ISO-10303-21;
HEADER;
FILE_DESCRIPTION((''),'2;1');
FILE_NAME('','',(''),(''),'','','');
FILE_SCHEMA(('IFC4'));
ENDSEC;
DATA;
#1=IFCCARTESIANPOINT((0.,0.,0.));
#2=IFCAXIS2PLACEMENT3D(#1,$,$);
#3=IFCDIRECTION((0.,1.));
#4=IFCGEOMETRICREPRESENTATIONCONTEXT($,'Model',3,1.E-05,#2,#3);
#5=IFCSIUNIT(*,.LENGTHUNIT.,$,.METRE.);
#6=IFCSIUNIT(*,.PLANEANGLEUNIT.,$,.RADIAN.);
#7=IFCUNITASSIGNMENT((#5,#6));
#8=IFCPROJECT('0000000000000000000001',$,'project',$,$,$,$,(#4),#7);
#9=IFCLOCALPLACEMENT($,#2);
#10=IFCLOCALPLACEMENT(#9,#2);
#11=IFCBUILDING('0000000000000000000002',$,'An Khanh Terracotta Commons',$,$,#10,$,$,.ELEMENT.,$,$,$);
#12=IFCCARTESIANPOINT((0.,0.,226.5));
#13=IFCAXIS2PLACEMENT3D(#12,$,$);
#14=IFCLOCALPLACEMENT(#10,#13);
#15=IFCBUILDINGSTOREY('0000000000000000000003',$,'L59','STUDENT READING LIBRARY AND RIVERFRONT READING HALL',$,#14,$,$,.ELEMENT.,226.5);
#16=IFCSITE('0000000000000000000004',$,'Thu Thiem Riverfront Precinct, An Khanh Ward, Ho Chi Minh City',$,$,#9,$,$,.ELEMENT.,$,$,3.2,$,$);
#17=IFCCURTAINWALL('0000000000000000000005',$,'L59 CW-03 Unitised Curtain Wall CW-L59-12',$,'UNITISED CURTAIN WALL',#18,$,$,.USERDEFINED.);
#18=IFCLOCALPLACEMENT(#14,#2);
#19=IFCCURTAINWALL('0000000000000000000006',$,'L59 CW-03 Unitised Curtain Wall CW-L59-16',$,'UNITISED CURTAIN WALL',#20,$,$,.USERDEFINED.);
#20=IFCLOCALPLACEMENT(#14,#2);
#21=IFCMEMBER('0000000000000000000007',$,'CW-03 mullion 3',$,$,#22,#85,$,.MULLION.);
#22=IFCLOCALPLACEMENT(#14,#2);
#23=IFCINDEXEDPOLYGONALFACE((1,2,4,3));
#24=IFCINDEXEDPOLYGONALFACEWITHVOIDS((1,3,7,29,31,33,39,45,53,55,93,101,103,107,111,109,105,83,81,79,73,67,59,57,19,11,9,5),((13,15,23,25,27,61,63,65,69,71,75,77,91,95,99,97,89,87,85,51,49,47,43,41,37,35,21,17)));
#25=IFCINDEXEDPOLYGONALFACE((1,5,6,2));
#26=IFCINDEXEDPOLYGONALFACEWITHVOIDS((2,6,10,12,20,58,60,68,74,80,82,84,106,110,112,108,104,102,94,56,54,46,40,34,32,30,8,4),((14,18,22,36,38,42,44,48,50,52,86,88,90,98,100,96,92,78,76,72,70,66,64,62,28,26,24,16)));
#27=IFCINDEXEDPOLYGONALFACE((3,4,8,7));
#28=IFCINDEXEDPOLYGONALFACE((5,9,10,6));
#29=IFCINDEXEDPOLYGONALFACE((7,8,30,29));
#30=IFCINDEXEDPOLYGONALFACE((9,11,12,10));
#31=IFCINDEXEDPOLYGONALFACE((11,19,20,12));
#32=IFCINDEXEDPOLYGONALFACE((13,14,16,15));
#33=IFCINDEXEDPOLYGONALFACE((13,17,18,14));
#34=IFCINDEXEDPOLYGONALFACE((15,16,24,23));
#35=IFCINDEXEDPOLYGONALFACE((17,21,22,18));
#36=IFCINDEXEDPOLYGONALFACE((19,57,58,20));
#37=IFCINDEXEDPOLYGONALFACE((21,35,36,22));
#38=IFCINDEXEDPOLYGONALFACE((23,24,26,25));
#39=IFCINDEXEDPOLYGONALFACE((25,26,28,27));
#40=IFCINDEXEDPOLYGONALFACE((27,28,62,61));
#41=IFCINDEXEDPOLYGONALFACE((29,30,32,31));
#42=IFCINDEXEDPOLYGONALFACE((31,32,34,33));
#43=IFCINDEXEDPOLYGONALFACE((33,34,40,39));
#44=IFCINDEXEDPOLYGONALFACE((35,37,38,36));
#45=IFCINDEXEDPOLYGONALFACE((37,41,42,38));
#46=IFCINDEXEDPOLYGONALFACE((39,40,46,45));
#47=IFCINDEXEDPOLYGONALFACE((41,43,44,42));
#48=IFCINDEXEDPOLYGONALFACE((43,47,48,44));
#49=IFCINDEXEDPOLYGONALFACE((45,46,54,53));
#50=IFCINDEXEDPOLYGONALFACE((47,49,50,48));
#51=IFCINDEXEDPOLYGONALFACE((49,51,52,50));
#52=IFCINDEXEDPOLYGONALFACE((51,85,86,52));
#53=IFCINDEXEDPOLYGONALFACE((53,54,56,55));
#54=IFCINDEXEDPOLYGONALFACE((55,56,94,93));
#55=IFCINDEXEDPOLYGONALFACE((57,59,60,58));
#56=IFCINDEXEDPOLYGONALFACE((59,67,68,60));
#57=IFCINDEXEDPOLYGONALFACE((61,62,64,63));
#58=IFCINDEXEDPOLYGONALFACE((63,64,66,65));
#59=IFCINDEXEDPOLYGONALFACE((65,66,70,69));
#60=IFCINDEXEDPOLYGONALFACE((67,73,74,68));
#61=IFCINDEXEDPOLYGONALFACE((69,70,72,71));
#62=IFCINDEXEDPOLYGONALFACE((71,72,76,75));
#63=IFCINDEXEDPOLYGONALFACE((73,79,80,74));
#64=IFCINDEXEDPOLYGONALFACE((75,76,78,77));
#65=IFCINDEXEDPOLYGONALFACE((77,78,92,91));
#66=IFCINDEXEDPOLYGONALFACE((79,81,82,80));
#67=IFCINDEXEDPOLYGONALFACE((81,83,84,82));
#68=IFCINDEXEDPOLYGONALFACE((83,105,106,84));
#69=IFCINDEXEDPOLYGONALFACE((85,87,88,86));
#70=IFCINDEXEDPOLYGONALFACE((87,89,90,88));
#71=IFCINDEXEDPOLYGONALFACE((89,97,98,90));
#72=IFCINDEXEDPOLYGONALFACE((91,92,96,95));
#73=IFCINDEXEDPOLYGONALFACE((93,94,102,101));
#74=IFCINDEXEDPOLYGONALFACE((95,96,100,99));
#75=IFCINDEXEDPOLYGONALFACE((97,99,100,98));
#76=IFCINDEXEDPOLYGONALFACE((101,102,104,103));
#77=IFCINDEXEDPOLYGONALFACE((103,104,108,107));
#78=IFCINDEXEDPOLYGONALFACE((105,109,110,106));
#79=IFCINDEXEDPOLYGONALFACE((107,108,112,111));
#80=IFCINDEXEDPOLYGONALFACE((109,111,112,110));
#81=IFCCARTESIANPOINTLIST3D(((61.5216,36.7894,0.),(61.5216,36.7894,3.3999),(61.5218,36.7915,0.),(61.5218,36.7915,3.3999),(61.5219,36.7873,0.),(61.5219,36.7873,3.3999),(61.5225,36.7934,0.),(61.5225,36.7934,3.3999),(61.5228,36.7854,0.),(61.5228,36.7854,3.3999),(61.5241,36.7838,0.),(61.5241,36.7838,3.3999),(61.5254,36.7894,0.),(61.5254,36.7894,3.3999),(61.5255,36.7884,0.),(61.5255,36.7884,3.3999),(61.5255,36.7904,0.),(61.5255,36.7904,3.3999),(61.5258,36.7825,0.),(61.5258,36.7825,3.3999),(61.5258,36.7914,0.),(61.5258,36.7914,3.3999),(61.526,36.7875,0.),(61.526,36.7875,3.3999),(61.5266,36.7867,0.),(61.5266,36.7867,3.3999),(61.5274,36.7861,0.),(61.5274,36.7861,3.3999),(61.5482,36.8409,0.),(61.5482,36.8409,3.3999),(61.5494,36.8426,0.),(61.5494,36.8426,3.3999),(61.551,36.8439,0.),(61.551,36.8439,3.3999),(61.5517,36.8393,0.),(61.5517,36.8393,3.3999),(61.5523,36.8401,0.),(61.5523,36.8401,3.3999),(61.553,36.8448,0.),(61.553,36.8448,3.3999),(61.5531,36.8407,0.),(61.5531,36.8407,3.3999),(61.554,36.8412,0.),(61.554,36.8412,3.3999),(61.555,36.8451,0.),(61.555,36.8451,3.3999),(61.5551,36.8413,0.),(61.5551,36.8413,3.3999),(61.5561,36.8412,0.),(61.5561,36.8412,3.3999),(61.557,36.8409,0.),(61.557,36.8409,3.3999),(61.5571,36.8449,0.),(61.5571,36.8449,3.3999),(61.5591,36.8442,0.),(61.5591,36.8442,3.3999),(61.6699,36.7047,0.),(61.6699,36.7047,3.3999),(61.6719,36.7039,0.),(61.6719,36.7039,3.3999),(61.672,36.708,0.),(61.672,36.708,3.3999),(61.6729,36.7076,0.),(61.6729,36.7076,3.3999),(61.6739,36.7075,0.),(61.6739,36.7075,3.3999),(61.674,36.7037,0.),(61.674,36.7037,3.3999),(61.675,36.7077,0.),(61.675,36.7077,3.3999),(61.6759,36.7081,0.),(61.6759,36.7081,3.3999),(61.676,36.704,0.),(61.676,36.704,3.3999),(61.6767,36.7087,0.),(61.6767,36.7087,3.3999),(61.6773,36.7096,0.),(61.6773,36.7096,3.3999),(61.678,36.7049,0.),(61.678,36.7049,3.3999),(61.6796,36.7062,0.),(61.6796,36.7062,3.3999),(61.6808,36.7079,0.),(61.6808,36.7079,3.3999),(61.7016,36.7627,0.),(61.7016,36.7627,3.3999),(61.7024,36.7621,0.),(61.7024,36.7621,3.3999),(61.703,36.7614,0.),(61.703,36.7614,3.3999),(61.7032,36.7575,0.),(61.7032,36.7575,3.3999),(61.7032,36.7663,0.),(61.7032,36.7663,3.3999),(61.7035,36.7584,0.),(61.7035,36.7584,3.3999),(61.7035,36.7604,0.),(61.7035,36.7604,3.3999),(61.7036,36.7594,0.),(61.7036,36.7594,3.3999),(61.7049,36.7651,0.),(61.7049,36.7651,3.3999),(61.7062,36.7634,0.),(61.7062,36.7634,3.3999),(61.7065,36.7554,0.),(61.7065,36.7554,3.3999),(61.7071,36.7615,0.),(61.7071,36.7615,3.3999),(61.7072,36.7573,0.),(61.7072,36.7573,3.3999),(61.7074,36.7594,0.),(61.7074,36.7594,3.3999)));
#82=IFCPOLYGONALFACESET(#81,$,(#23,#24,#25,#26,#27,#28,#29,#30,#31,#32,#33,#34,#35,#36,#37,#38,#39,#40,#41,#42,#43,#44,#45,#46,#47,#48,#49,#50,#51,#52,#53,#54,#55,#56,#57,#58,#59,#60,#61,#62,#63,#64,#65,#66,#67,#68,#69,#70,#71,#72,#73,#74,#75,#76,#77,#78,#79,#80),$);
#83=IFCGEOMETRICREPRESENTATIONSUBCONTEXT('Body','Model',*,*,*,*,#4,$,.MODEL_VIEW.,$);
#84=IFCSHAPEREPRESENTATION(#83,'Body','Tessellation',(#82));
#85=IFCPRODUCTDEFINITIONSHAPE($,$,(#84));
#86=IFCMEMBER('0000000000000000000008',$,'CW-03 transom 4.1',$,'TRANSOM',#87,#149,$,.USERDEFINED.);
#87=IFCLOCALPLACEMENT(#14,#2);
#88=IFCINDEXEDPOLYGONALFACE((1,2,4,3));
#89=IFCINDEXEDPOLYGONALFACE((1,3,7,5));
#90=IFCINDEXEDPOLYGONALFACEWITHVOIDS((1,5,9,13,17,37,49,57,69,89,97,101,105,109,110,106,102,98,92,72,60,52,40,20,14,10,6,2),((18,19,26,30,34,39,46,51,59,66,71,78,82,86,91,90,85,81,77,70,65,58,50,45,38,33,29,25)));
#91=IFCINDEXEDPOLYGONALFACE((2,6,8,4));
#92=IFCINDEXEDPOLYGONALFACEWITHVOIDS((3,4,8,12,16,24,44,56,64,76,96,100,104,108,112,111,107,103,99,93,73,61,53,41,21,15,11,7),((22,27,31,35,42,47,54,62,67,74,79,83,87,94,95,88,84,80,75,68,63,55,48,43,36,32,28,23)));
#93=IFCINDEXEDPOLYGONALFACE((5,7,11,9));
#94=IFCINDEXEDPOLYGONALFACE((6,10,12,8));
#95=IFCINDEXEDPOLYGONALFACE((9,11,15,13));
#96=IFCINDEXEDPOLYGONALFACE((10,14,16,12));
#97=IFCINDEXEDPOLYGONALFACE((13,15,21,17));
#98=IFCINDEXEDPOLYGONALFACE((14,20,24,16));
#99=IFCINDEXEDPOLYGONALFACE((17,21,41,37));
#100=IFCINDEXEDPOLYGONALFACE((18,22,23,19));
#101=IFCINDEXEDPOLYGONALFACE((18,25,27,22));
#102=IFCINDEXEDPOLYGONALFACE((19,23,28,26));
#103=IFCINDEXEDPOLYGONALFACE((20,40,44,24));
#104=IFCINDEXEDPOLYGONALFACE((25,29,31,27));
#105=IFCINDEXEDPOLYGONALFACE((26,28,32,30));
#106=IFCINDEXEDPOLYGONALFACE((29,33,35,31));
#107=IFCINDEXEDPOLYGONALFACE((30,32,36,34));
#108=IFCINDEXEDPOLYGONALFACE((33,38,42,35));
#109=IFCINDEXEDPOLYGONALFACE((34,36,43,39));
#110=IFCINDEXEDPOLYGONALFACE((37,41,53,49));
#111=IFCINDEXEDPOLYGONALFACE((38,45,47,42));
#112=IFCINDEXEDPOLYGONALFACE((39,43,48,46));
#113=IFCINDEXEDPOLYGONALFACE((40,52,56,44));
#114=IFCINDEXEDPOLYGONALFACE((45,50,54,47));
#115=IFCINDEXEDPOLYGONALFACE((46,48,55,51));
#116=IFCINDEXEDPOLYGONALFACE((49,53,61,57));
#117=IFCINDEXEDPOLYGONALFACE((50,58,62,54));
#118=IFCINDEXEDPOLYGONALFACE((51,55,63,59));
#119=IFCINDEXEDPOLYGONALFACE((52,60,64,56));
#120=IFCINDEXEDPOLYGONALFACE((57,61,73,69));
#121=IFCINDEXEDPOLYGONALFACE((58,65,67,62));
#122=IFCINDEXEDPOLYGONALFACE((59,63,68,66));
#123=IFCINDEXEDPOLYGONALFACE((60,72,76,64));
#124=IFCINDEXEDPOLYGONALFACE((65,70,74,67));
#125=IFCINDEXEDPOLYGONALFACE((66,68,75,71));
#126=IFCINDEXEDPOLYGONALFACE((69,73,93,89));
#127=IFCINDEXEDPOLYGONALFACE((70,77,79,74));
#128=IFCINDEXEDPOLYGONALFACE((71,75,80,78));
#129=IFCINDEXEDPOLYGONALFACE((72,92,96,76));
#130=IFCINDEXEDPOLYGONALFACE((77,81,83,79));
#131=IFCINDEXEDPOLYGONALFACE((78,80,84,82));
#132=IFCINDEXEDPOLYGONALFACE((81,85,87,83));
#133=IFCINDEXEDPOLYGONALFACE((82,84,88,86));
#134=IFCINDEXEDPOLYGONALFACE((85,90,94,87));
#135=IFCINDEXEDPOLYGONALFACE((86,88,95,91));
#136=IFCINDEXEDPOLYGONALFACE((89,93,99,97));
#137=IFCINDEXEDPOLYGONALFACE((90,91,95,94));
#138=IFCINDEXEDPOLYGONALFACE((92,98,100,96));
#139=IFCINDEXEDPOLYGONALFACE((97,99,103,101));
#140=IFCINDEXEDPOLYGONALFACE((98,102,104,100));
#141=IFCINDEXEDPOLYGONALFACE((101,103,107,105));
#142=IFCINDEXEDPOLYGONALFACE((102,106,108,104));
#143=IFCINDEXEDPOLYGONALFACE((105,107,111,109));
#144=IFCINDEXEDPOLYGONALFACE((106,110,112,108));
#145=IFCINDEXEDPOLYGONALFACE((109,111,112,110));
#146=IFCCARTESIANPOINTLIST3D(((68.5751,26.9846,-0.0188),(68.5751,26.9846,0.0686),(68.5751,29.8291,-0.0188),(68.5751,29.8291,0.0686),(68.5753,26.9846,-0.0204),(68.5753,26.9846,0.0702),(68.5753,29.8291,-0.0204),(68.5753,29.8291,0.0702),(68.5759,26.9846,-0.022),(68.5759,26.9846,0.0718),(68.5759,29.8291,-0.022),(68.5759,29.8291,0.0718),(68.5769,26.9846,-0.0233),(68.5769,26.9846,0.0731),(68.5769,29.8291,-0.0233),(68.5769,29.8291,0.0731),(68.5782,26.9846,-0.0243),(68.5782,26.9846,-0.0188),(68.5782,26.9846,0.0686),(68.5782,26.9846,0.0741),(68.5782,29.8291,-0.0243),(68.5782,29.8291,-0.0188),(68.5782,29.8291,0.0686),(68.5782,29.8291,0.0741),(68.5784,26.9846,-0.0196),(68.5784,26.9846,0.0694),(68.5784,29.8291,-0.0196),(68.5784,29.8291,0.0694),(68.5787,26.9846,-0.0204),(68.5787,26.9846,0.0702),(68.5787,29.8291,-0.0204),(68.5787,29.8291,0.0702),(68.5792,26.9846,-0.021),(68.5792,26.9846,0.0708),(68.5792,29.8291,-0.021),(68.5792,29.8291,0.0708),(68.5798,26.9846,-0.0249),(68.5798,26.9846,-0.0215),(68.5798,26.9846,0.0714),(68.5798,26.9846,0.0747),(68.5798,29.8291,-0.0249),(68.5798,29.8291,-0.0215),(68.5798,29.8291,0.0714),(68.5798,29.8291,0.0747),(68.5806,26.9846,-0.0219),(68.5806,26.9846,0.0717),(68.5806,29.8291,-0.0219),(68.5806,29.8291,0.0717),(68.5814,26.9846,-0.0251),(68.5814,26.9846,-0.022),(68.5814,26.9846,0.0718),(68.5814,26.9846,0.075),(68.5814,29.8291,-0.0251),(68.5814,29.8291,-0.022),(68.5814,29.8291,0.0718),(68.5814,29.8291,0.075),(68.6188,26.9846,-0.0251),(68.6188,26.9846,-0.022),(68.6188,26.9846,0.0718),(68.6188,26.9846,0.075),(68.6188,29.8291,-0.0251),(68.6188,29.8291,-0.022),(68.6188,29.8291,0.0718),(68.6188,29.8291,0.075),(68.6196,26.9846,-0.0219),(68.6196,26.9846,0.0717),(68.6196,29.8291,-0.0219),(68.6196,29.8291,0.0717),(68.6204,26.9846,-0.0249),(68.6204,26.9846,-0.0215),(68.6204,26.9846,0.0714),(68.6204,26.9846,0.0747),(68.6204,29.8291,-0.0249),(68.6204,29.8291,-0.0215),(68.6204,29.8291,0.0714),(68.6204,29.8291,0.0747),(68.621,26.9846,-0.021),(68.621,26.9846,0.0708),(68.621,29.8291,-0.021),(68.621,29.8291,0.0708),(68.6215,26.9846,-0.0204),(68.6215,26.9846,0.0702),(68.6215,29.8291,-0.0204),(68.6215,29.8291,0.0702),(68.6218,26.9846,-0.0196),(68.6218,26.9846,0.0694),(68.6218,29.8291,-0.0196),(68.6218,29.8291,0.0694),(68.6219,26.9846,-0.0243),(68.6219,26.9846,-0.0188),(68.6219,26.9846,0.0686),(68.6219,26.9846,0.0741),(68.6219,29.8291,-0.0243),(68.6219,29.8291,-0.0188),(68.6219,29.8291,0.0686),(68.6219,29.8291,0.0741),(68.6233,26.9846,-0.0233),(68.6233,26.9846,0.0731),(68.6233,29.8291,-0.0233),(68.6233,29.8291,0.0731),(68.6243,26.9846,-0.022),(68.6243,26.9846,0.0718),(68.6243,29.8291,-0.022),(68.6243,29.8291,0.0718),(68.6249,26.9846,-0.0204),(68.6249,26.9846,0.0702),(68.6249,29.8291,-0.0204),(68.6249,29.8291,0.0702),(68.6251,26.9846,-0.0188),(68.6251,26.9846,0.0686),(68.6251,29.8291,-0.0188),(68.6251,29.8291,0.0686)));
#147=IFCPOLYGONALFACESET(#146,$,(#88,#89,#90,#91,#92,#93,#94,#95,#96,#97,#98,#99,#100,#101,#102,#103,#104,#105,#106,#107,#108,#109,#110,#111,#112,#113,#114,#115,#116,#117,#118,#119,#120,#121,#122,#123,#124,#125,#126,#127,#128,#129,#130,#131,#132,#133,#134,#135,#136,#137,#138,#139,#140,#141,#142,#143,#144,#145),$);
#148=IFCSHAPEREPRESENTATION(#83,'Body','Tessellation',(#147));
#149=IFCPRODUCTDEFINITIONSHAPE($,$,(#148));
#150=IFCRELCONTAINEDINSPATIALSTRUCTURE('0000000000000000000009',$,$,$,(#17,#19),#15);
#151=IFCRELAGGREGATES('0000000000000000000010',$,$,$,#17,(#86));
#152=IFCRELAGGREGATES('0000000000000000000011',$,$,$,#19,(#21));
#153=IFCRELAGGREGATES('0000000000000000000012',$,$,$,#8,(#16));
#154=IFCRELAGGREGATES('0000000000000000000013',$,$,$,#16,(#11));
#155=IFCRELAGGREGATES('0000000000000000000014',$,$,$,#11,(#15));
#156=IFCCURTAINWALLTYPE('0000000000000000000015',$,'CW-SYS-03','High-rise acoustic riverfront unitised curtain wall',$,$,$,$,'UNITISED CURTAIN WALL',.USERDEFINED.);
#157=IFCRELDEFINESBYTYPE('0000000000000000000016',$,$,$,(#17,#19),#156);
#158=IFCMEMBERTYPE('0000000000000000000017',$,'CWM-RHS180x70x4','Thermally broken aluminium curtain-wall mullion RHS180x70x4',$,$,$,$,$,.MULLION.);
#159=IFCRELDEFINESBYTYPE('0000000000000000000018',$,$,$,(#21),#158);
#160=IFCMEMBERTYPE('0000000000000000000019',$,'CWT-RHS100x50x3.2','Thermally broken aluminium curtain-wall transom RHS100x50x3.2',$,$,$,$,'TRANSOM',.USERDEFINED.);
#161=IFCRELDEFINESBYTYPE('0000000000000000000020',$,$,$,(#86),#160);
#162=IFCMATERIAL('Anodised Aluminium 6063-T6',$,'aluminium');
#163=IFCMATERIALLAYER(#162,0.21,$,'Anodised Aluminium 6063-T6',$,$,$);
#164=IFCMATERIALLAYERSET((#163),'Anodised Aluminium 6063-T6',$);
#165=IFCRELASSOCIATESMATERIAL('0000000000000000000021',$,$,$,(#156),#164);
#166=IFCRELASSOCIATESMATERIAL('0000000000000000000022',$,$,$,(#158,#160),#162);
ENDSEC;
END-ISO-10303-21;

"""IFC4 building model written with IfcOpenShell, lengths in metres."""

from ifc_helpers import new_model, si_unit, direction, frame, origin, origin_2d, place, context, subcontext, project, spatial, hollow_rectangle, extrude, material, layer, layer_set, material_profile, profile_set, type_object, element, aggregate, save


model = new_model("IFC4")

# Units and contexts
model_context = context("Model", 3, precision=1e-05, world=origin(), true_north=direction((0.0, 1.0)))
body_context = subcontext(model_context, "Body", "Model", "MODEL_VIEW")
ifc_project = project(units=[si_unit("LENGTHUNIT", "METRE"), si_unit("PLANEANGLEUNIT", "RADIAN")], contexts=[model_context])

# Site, building, storey
site_placement = place(None, origin())
site = spatial("IfcSite", under=ifc_project, at=site_placement, Name="Thu Thiem Riverfront Precinct, An Khanh Ward, Ho Chi Minh City", CompositionType="ELEMENT", RefElevation=3.2)
building_placement = place(site_placement, origin())
building = spatial("IfcBuilding", under=site, at=building_placement, Name="An Khanh Terracotta Commons", CompositionType="ELEMENT")
storey_placement = place(building_placement, frame((0.0, 0.0, 226.5)))
storey = spatial("IfcBuildingStorey", under=building, at=storey_placement, Name="L59", Description="STUDENT READING LIBRARY AND RIVERFRONT READING HALL", CompositionType="ELEMENT", Elevation=226.5)

# Curtain walls, member
ifc_material_1 = material(Name="Anodised Aluminium 6063-T6", Category="aluminium")
ifc_layer_1 = layer(ifc_material_1, 0.21, Name="Anodised Aluminium 6063-T6")
ifc_layer_set_1 = layer_set([ifc_layer_1], Name="Anodised Aluminium 6063-T6")
curtain_wall_type = type_object("IfcCurtainWallType", Name="CW-SYS-03", Description="High-rise acoustic riverfront unitised curtain wall", ElementType="UNITISED CURTAIN WALL", PredefinedType="USERDEFINED", material=ifc_layer_set_1)
curtain_wall_1_placement = place(storey_placement, origin())
curtain_wall_1 = element("IfcCurtainWall", 1, at=curtain_wall_1_placement, inside=storey, type_object=curtain_wall_type, Name="L59 CW-03 Unitised Curtain Wall CW-L59-12", ObjectType="UNITISED CURTAIN WALL", PredefinedType="USERDEFINED")
ifc_material_profile_1 = material_profile(ifc_material_1, hollow_rectangle(XDim=0.0701, YDim=0.1799, WallThickness=0.0039, InnerFilletRadius=0.0039, OuterFilletRadius=0.0081, at=origin_2d()), Name="RHS180x70x4")
ifc_profile_set_1 = profile_set([ifc_material_profile_1], Name="Anodised Aluminium 6063-T6")
member_type_1 = type_object("IfcMemberType", Name="CWM-RHS180x70x4", Description="Thermally broken aluminium curtain-wall mullion RHS180x70x4", PredefinedType="MULLION", material=ifc_profile_set_1)
curtain_wall_2_placement = place(storey_placement, origin())
curtain_wall_2 = element("IfcCurtainWall", 2, at=curtain_wall_2_placement, inside=storey, type_object=curtain_wall_type, Name="L59 CW-03 Unitised Curtain Wall CW-L59-16", ObjectType="UNITISED CURTAIN WALL", PredefinedType="USERDEFINED")
member_1_placement = place(storey_placement, frame((61.6145, 36.7744, 0.0), z_axis=(0.0, 0.0, 1.0), x_axis=(-0.475381, -0.87978, 0.0)))
member_1 = element("IfcMember", 3, at=member_1_placement, type_object=member_type_1, Name="CW-03 mullion 3", PredefinedType="MULLION", context=body_context, shape_type="SweptSolid", body=[
    extrude(hollow_rectangle(XDim=0.0701, YDim=0.1799, WallThickness=0.0039, InnerFilletRadius=0.0039, OuterFilletRadius=0.0081, at=origin_2d()), origin(), (0.0, 0.0, 1.0), 3.3999),
])

# Member
ifc_material_profile_2 = material_profile(ifc_material_1, hollow_rectangle(XDim=0.05, YDim=0.1001, WallThickness=0.0032, InnerFilletRadius=0.0032, OuterFilletRadius=0.0063, at=origin_2d()), Name="RHS100x50x3.2")
ifc_profile_set_2 = profile_set([ifc_material_profile_2], Name="Anodised Aluminium 6063-T6")
member_type_2 = type_object("IfcMemberType", Name="CWT-RHS100x50x3.2", Description="Thermally broken aluminium curtain-wall transom RHS100x50x3.2", ElementType="TRANSOM", PredefinedType="USERDEFINED", material=ifc_profile_set_2)
member_2_placement = place(storey_placement, frame((68.6001, 26.9846, 0.0249), z_axis=(0.0, 1.0, 0.0), x_axis=(-1.0, 0.0, 0.0)))
member_2 = element("IfcMember", 4, at=member_2_placement, type_object=member_type_2, Name="CW-03 transom 4.1", ObjectType="TRANSOM", PredefinedType="USERDEFINED", context=body_context, shape_type="SweptSolid", body=[
    extrude(hollow_rectangle(XDim=0.05, YDim=0.1001, WallThickness=0.0032, InnerFilletRadius=0.0032, OuterFilletRadius=0.0063, at=origin_2d()), origin(), (0.0, 0.0, 1.0), 2.8445),
])

aggregate(curtain_wall_1, [member_2])
aggregate(curtain_wall_2, [member_1])

save(model, "model.ifc")
